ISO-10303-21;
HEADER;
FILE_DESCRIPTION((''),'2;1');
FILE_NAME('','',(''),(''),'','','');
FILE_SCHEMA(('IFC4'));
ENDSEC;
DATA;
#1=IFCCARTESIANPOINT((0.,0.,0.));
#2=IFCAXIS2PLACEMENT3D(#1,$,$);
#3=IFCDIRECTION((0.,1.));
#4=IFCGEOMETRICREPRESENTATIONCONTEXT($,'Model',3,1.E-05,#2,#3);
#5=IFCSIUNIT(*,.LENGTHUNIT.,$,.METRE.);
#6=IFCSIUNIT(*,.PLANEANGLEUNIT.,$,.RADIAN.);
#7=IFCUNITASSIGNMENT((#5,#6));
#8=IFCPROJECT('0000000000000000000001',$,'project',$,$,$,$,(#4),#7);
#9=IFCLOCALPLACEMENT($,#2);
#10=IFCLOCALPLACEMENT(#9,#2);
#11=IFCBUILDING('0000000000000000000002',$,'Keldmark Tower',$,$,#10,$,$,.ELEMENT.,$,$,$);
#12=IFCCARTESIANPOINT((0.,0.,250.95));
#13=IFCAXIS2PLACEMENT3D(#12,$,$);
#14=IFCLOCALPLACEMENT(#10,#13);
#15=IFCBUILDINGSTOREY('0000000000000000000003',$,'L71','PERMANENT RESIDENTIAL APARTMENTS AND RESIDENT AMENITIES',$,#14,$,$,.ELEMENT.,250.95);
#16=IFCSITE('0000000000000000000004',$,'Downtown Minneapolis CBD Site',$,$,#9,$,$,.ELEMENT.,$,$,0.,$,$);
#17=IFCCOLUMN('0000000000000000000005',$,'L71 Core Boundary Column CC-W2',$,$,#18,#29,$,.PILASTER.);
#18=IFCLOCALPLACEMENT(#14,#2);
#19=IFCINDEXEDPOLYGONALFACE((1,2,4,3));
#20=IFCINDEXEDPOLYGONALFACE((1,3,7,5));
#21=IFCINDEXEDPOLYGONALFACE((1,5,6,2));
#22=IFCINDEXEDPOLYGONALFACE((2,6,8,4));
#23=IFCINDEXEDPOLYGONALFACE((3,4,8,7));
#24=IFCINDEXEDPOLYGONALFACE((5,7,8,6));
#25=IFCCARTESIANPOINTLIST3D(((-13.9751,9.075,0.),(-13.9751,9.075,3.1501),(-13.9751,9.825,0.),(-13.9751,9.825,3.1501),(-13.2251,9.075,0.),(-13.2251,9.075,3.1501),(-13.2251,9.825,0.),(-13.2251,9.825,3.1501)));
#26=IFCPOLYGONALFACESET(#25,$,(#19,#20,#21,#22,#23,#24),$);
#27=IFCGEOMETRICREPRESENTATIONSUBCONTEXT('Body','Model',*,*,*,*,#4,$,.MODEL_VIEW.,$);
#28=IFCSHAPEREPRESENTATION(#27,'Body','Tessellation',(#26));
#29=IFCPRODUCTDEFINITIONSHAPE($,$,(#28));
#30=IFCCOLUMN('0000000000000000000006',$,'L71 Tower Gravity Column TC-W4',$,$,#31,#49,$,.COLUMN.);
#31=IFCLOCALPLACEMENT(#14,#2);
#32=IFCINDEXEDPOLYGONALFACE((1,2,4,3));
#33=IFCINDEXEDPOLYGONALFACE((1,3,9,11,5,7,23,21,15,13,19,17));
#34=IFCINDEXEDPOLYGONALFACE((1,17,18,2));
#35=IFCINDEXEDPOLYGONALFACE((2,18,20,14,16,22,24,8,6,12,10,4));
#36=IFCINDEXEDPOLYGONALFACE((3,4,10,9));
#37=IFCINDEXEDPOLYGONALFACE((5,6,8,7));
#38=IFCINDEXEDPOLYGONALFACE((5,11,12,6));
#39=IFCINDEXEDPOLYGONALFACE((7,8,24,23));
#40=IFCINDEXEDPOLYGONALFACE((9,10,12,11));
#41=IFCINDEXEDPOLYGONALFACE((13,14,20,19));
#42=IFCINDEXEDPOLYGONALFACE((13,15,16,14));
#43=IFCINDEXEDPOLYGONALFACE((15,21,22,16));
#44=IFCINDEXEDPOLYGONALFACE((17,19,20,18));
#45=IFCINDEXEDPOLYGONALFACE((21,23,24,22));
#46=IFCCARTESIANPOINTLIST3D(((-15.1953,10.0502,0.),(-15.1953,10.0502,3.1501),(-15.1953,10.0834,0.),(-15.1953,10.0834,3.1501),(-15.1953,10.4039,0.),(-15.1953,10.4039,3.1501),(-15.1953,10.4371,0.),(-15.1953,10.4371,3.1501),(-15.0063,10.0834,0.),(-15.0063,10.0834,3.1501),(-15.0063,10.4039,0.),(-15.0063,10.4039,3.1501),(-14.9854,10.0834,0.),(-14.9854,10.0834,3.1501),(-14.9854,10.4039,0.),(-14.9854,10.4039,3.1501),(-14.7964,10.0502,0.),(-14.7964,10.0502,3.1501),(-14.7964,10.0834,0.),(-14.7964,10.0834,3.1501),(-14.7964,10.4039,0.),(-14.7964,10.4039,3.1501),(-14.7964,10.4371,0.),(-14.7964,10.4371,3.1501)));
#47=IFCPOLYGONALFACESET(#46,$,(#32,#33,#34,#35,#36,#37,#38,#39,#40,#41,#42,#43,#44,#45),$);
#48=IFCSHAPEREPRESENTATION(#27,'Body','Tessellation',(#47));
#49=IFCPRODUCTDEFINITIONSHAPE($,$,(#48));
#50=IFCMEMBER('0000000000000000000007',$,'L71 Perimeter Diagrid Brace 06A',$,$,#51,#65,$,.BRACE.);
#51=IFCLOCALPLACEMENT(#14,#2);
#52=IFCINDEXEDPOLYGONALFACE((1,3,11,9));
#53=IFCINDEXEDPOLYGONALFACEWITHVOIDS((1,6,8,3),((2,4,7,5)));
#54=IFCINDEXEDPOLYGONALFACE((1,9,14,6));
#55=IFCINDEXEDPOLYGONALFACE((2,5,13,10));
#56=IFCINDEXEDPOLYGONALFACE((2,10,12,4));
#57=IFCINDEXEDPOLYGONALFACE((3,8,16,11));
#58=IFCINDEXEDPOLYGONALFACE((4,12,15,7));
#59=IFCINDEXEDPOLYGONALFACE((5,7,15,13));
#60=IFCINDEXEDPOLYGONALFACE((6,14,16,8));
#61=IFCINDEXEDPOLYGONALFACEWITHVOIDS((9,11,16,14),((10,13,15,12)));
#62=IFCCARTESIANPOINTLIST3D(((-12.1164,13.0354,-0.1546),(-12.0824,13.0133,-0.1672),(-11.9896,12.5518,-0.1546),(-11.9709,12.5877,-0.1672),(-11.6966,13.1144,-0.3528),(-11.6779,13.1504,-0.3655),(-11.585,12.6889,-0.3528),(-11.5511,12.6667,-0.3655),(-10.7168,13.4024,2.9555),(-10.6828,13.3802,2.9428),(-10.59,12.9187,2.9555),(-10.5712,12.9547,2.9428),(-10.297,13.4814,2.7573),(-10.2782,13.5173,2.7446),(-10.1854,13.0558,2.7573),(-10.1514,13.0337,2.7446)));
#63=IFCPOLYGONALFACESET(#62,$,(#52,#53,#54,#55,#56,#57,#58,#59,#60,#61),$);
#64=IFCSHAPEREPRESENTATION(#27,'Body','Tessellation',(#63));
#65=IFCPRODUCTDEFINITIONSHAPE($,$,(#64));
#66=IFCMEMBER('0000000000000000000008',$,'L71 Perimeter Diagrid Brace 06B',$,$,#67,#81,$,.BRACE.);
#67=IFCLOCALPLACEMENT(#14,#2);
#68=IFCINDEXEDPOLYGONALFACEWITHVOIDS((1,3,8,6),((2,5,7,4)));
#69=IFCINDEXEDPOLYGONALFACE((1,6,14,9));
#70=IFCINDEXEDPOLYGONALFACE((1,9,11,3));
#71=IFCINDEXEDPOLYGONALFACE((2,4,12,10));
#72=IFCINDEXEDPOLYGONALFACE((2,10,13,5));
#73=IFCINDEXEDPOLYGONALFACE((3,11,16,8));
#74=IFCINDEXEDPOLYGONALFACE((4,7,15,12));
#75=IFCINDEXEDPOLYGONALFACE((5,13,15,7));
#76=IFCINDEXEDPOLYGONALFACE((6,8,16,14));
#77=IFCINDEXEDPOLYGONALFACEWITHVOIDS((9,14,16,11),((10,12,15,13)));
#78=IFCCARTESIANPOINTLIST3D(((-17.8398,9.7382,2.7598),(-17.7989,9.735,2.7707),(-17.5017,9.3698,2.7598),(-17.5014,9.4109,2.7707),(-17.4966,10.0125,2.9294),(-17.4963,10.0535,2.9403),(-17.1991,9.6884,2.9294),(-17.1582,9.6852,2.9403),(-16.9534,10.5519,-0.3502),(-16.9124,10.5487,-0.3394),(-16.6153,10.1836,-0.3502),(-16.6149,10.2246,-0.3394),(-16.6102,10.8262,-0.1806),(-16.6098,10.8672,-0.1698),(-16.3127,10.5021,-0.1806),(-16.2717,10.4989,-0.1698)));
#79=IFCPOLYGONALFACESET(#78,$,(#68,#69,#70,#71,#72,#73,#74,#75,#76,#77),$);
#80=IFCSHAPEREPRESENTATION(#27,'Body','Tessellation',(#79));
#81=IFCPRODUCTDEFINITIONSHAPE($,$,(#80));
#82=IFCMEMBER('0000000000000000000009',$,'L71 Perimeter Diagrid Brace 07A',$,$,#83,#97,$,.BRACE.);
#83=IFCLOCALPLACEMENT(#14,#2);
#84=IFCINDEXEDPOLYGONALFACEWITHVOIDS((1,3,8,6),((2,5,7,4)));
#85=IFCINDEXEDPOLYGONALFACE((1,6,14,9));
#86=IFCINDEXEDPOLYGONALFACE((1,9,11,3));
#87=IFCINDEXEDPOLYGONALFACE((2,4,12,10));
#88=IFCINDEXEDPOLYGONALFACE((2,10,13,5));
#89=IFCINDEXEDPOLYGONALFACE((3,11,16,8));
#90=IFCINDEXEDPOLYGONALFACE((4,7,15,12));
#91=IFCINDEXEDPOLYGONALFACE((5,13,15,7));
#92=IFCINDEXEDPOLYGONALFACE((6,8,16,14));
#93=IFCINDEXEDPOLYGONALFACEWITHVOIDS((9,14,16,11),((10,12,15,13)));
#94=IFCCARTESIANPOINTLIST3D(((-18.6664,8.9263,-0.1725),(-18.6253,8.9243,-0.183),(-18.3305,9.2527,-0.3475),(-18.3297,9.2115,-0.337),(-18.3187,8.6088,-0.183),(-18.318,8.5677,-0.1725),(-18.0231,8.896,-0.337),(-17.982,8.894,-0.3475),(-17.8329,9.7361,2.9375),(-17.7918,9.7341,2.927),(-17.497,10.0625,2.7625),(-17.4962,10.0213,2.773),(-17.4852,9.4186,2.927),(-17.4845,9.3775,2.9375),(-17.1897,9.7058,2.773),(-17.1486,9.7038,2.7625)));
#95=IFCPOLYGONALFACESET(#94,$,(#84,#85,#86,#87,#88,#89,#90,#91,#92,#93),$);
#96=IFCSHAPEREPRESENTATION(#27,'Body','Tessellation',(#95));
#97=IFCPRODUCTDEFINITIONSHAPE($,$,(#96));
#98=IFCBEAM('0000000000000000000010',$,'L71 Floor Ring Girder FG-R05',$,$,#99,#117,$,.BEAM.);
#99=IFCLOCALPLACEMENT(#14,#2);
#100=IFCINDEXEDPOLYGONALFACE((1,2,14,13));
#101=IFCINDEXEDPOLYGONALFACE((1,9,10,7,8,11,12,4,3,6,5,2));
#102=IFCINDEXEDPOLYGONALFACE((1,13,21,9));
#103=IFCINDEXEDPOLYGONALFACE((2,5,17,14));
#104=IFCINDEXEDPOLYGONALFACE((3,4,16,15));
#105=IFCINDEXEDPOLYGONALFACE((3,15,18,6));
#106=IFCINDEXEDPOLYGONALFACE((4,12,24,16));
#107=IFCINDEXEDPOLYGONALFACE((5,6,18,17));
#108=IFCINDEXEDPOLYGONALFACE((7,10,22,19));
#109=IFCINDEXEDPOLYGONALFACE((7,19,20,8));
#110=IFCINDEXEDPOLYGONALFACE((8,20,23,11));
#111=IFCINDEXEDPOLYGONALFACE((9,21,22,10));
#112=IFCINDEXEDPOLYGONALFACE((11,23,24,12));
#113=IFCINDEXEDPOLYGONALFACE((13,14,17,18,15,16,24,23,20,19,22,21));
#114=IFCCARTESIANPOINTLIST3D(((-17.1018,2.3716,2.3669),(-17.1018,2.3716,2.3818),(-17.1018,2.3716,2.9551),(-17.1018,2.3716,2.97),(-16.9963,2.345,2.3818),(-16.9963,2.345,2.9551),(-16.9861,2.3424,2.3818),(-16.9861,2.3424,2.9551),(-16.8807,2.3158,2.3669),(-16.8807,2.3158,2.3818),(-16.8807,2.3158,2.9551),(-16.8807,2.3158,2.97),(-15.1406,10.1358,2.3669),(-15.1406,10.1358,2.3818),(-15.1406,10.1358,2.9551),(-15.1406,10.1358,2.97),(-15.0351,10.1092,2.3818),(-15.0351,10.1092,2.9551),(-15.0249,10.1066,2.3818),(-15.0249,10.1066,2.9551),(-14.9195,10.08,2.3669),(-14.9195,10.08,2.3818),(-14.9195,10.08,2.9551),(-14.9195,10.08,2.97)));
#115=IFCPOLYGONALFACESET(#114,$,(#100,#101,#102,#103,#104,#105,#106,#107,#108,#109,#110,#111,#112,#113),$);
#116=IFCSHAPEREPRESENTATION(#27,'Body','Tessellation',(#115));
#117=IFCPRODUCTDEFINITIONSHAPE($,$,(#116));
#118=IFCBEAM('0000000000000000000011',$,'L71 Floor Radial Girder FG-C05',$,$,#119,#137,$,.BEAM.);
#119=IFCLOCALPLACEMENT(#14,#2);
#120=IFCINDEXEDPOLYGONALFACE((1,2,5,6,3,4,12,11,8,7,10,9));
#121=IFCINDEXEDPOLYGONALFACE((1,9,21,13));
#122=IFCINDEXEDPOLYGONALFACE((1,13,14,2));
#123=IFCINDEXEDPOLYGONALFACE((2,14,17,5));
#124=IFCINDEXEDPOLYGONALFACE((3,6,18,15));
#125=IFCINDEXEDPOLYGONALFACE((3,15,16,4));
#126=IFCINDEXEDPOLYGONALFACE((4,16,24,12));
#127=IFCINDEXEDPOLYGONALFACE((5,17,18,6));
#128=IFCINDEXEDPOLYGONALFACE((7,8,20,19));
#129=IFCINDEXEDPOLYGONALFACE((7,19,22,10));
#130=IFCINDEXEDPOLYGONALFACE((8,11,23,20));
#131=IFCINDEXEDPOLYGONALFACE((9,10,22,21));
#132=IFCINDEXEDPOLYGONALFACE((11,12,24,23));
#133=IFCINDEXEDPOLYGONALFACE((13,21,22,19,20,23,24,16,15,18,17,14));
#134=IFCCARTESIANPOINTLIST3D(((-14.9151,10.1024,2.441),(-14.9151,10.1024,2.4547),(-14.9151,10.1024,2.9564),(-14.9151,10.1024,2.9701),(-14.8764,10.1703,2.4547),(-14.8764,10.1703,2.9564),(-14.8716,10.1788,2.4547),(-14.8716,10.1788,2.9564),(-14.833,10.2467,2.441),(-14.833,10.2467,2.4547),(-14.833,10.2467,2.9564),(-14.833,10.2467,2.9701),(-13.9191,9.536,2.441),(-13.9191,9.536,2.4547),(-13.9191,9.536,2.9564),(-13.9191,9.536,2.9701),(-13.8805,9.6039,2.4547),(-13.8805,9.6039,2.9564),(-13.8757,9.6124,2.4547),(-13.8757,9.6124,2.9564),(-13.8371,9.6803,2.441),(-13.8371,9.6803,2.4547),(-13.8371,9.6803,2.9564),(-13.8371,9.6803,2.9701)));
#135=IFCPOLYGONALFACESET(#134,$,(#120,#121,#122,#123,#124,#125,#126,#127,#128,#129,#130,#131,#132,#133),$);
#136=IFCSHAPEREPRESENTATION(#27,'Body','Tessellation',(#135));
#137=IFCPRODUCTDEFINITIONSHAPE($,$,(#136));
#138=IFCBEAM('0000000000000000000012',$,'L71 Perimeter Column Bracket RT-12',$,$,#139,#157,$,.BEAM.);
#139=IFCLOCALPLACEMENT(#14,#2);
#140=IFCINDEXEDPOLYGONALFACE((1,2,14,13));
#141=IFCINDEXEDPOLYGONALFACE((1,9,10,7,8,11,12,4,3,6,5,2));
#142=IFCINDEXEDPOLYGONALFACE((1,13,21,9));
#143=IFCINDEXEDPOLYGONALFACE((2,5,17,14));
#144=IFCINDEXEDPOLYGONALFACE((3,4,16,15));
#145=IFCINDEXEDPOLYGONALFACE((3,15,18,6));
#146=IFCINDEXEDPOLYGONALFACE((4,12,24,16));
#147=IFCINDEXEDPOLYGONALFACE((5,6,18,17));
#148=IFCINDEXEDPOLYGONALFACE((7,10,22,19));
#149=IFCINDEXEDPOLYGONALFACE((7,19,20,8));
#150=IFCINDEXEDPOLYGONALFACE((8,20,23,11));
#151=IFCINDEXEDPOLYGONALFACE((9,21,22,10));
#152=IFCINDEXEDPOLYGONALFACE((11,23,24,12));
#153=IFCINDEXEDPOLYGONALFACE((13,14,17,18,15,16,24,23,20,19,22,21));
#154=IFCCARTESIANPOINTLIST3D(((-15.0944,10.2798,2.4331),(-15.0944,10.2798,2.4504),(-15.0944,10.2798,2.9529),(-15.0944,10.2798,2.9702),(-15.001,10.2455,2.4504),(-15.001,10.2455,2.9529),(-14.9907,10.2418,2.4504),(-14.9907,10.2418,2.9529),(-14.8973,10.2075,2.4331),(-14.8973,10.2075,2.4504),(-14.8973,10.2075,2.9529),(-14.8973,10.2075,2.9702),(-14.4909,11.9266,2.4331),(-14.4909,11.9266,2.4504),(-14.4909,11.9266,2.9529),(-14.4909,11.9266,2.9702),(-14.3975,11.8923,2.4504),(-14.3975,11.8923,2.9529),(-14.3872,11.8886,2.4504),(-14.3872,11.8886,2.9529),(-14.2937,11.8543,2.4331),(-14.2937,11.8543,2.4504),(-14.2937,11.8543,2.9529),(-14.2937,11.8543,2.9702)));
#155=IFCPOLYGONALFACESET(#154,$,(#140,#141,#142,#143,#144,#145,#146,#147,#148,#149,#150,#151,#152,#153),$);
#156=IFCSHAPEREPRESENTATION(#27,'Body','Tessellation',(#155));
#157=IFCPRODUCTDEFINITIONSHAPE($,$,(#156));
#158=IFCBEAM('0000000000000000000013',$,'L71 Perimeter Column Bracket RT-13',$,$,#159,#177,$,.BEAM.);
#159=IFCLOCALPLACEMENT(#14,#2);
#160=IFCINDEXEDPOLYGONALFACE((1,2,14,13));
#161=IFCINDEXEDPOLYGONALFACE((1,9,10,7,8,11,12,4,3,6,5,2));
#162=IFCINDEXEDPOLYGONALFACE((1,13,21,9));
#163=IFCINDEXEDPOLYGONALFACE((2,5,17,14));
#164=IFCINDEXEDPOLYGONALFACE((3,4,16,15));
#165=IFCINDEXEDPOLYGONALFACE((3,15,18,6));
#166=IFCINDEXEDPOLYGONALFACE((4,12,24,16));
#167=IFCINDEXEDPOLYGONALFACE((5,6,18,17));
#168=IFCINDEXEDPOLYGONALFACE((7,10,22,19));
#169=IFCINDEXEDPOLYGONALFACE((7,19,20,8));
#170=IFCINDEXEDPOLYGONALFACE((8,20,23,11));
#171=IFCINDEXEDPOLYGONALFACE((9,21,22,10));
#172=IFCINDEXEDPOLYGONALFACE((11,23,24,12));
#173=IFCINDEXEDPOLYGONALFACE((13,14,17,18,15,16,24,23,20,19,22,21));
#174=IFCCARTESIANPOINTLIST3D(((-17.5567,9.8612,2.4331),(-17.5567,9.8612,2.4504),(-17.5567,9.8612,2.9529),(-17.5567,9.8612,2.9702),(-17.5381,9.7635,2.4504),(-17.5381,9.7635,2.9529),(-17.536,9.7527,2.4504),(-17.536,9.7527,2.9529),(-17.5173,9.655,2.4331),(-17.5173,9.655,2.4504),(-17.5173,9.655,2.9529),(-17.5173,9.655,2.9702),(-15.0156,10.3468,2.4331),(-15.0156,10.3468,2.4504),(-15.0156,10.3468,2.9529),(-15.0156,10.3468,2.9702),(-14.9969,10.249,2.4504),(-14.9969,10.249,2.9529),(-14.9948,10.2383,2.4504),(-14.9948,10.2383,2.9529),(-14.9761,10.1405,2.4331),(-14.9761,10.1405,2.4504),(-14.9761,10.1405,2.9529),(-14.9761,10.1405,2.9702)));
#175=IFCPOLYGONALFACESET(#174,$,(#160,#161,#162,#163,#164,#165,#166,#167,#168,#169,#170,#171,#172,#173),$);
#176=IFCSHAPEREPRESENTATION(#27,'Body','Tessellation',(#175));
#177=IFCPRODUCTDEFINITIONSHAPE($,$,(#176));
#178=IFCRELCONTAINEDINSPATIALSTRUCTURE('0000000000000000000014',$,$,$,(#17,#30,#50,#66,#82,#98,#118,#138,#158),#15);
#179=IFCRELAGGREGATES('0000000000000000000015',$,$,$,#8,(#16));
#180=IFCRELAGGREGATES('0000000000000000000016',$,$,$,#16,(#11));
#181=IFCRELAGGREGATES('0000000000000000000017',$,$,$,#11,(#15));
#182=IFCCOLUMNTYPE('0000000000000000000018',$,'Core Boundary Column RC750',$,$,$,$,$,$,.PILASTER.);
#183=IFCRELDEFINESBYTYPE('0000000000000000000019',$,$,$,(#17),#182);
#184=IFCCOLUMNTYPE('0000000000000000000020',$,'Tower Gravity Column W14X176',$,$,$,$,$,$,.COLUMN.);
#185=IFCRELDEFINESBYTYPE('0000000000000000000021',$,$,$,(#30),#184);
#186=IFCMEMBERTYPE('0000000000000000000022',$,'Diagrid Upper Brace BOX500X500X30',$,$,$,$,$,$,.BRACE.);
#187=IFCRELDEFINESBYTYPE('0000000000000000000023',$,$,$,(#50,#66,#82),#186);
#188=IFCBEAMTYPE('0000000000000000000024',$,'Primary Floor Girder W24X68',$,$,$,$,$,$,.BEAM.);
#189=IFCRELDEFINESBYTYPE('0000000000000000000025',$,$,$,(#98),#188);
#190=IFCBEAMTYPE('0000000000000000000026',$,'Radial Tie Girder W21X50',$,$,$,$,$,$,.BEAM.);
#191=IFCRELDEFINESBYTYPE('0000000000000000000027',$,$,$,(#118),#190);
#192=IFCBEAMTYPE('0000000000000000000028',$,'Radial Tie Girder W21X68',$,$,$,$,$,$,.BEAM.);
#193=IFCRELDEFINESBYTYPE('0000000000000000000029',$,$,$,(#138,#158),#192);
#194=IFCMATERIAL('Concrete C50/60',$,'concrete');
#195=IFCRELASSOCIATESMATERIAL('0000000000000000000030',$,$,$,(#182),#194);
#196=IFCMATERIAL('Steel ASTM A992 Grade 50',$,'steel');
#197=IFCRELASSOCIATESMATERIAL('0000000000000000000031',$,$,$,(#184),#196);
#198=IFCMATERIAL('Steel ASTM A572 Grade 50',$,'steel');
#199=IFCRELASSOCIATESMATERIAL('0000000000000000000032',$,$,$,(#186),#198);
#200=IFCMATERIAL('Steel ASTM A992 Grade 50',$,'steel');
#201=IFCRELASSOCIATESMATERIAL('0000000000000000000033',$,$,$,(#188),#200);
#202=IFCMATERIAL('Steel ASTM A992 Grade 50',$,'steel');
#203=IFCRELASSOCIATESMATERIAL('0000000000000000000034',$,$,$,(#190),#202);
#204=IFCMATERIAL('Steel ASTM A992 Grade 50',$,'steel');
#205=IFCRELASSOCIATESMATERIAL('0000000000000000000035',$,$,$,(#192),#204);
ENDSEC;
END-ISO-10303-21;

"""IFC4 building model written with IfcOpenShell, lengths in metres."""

from ifc_helpers import new_model, si_unit, direction, frame, origin, origin_2d, place, context, subcontext, project, spatial, rectangle, hollow_rectangle, i_section, extrude, material, material_profile, profile_set, type_object, element, save


model = new_model("IFC4")

# Units and contexts
model_context = context("Model", 3, precision=1e-05, world=origin(), true_north=direction((0.0, 1.0)))
body_context = subcontext(model_context, "Body", "Model", "MODEL_VIEW")
ifc_project = project(units=[si_unit("LENGTHUNIT", "METRE"), si_unit("PLANEANGLEUNIT", "RADIAN")], contexts=[model_context])

# Site, building, storey
site_placement = place(None, origin())
site = spatial("IfcSite", under=ifc_project, at=site_placement, Name="Downtown Minneapolis CBD Site", CompositionType="ELEMENT", RefElevation=0.0)
building_placement = place(site_placement, origin())
building = spatial("IfcBuilding", under=site, at=building_placement, Name="Keldmark Tower", CompositionType="ELEMENT")
storey_placement = place(building_placement, frame((0.0, 0.0, 250.95)))
storey = spatial("IfcBuildingStorey", under=building, at=storey_placement, Name="L71", Description="PERMANENT RESIDENTIAL APARTMENTS AND RESIDENT AMENITIES", CompositionType="ELEMENT", Elevation=250.95)

# Columns
ifc_material_1 = material(Name="Concrete C50/60", Category="concrete")
ifc_material_profile_1 = material_profile(ifc_material_1, rectangle(XDim=0.75, YDim=0.75, at=origin_2d()), Name="RC750X750")
ifc_profile_set_1 = profile_set([ifc_material_profile_1], Name="Concrete C50/60")
column_type_1 = type_object("IfcColumnType", Name="Core Boundary Column RC750", PredefinedType="PILASTER", material=ifc_profile_set_1)
column_1_placement = place(storey_placement, frame((-13.6001, 9.45, 0.0), z_axis=(0.0, 0.0, 1.0), x_axis=(1.0, 0.0, 0.0)))
element("IfcColumn", 1, at=column_1_placement, inside=storey, type_object=column_type_1, Name="L71 Core Boundary Column CC-W2", PredefinedType="PILASTER", context=body_context, shape_type="SweptSolid", body=[
    extrude(rectangle(XDim=0.75, YDim=0.75, at=origin_2d()), origin(), (0.0, 0.0, 1.0), 3.1501),
])
ifc_material_2 = material(Name="Steel ASTM A992 Grade 50", Category="steel")
ifc_material_profile_2 = material_profile(ifc_material_2, i_section(OverallWidth=0.3989, OverallDepth=0.387, WebThickness=0.021, FlangeThickness=0.0332, at=origin_2d()), Name="W14X176")
ifc_profile_set_2 = profile_set([ifc_material_profile_2], Name="Steel ASTM A992 Grade 50")
column_type_2 = type_object("IfcColumnType", Name="Tower Gravity Column W14X176", PredefinedType="COLUMN", material=ifc_profile_set_2)
column_2_placement = place(storey_placement, frame((-14.9958, 10.2437, 0.0), z_axis=(0.0, 0.0, 1.0), x_axis=(1.0, 0.0, 0.0)))
element("IfcColumn", 2, at=column_2_placement, inside=storey, type_object=column_type_2, Name="L71 Tower Gravity Column TC-W4", PredefinedType="COLUMN", context=body_context, shape_type="SweptSolid", body=[
    extrude(i_section(OverallWidth=0.3989, OverallDepth=0.387, WebThickness=0.021, FlangeThickness=0.0332, at=origin_2d()), origin(), (0.0, 0.0, 1.0), 3.1501),
])

# Members
ifc_material_3 = material(Name="Steel ASTM A572 Grade 50", Category="steel")
ifc_material_profile_3 = material_profile(ifc_material_3, hollow_rectangle(XDim=0.5, YDim=0.5, WallThickness=0.03, at=origin_2d()), Name="BOX500X500X30")
ifc_profile_set_3 = profile_set([ifc_material_profile_3], Name="Steel ASTM A572 Grade 50")
member_type = type_object("IfcMemberType", Name="Diagrid Upper Brace BOX500X500X30", PredefinedType="BRACE", material=ifc_profile_set_3)
member_1_placement = place(storey_placement, frame((-11.8337, 12.8511, -0.26), z_axis=(0.408037, 0.106973, 0.906677), x_axis=(-0.253596, 0.96731, 0.0)))
element("IfcMember", 3, at=member_1_placement, inside=storey, type_object=member_type, Name="L71 Perimeter Diagrid Brace 06A", PredefinedType="BRACE", context=body_context, shape_type="SweptSolid", body=[
    extrude(hollow_rectangle(XDim=0.5, YDim=0.5, WallThickness=0.03, at=origin_2d()), origin(), (0.0, 0.0, 1.0), 3.4302),
])
member_2_placement = place(storey_placement, frame((-16.6125, 10.5254, -0.26), z_axis=(-0.265827, -0.24401, 0.932628), x_axis=(0.67623, -0.736691, 0.0)))
element("IfcMember", 4, at=member_2_placement, inside=storey, type_object=member_type, Name="L71 Perimeter Diagrid Brace 06B", PredefinedType="BRACE", context=body_context, shape_type="SweptSolid", body=[
    extrude(hollow_rectangle(XDim=0.5, YDim=0.5, WallThickness=0.03, at=origin_2d()), origin(), (0.0, 0.0, 1.0), 3.3347),
])
member_3_placement = place(storey_placement, frame((-18.3242, 8.9102, -0.26), z_axis=(0.251043, 0.24391, 0.936742), x_axis=(-0.696844, 0.717222, 0.0)))
element("IfcMember", 5, at=member_3_placement, inside=storey, type_object=member_type, Name="L71 Perimeter Diagrid Brace 07A", PredefinedType="BRACE", context=body_context, shape_type="SweptSolid", body=[
    extrude(hollow_rectangle(XDim=0.5, YDim=0.5, WallThickness=0.03, at=origin_2d()), origin(), (0.0, 0.0, 1.0), 3.3201),
])

# Beams
ifc_material_4 = material(Name="Steel ASTM A992 Grade 50", Category="steel")
ifc_material_profile_4 = material_profile(ifc_material_4, i_section(OverallWidth=0.228, OverallDepth=0.603, WebThickness=0.0105, FlangeThickness=0.0149, at=origin_2d()), Name="W24X68")
ifc_profile_set_4 = profile_set([ifc_material_profile_4], Name="Steel ASTM A992 Grade 50")
beam_type_1 = type_object("IfcBeamType", Name="Primary Floor Girder W24X68", PredefinedType="BEAM", material=ifc_profile_set_4)
beam_1_placement = place(storey_placement, frame((-15.03, 10.1079, 2.6685), z_axis=(-0.244902, -0.969548, 0.0), x_axis=(0.969548, -0.244902, 0.0)))
element("IfcBeam", 6, at=beam_1_placement, inside=storey, type_object=beam_type_1, Name="L71 Floor Ring Girder FG-R05", PredefinedType="BEAM", context=body_context, shape_type="SweptSolid", body=[
    extrude(i_section(OverallWidth=0.228, OverallDepth=0.603, WebThickness=0.0105, FlangeThickness=0.0149, at=origin_2d()), origin(), (0.0, 0.0, 1.0), 8.0081),
])
ifc_material_5 = material(Name="Steel ASTM A992 Grade 50", Category="steel")
ifc_material_profile_5 = material_profile(ifc_material_5, i_section(OverallWidth=0.166, OverallDepth=0.5291, WebThickness=0.0098, FlangeThickness=0.0137, at=origin_2d()), Name="W21X50")
ifc_profile_set_5 = profile_set([ifc_material_profile_5], Name="Steel ASTM A992 Grade 50")
beam_type_2 = type_object("IfcBeamType", Name="Radial Tie Girder W21X50", PredefinedType="BEAM", material=ifc_profile_set_5)
beam_2_placement = place(storey_placement, frame((-14.874, 10.1746, 2.7056), z_axis=(0.869238, -0.494394, 0.0), x_axis=(0.494394, 0.869238, 0.0)))
element("IfcBeam", 7, at=beam_2_placement, inside=storey, type_object=beam_type_2, Name="L71 Floor Radial Girder FG-C05", PredefinedType="BEAM", context=body_context, shape_type="SweptSolid", body=[
    extrude(i_section(OverallWidth=0.166, OverallDepth=0.5291, WebThickness=0.0098, FlangeThickness=0.0137, at=origin_2d()), origin(), (0.0, 0.0, 1.0), 1.1458),
])
ifc_material_6 = material(Name="Steel ASTM A992 Grade 50", Category="steel")
ifc_material_profile_6 = material_profile(ifc_material_6, i_section(OverallWidth=0.21, OverallDepth=0.5371, WebThickness=0.011, FlangeThickness=0.0173, at=origin_2d()), Name="W21X68")
ifc_profile_set_6 = profile_set([ifc_material_profile_6], Name="Steel ASTM A992 Grade 50")
beam_type_3 = type_object("IfcBeamType", Name="Radial Tie Girder W21X68", PredefinedType="BEAM", material=ifc_profile_set_6)
beam_3_placement = place(storey_placement, frame((-14.9958, 10.2437, 2.7017), z_axis=(0.344111, 0.938929, 0.0), x_axis=(-0.938929, 0.344111, 0.0)))
element("IfcBeam", 8, at=beam_3_placement, inside=storey, type_object=beam_type_3, Name="L71 Perimeter Column Bracket RT-12", PredefinedType="BEAM", context=body_context, shape_type="SweptSolid", body=[
    extrude(i_section(OverallWidth=0.21, OverallDepth=0.5371, WebThickness=0.011, FlangeThickness=0.0173, at=origin_2d()), origin(), (0.0, 0.0, 1.0), 1.7539),
])
beam_4_placement = place(storey_placement, frame((-14.9958, 10.2437, 2.7017), z_axis=(-0.982229, -0.187689, 0.0), x_axis=(0.187689, -0.982229, 0.0)))
element("IfcBeam", 9, at=beam_4_placement, inside=storey, type_object=beam_type_3, Name="L71 Perimeter Column Bracket RT-13", PredefinedType="BEAM", context=body_context, shape_type="SweptSolid", body=[
    extrude(i_section(OverallWidth=0.21, OverallDepth=0.5371, WebThickness=0.011, FlangeThickness=0.0173, at=origin_2d()), origin(), (0.0, 0.0, 1.0), 2.5872),
])

save(model, "model.ifc")
